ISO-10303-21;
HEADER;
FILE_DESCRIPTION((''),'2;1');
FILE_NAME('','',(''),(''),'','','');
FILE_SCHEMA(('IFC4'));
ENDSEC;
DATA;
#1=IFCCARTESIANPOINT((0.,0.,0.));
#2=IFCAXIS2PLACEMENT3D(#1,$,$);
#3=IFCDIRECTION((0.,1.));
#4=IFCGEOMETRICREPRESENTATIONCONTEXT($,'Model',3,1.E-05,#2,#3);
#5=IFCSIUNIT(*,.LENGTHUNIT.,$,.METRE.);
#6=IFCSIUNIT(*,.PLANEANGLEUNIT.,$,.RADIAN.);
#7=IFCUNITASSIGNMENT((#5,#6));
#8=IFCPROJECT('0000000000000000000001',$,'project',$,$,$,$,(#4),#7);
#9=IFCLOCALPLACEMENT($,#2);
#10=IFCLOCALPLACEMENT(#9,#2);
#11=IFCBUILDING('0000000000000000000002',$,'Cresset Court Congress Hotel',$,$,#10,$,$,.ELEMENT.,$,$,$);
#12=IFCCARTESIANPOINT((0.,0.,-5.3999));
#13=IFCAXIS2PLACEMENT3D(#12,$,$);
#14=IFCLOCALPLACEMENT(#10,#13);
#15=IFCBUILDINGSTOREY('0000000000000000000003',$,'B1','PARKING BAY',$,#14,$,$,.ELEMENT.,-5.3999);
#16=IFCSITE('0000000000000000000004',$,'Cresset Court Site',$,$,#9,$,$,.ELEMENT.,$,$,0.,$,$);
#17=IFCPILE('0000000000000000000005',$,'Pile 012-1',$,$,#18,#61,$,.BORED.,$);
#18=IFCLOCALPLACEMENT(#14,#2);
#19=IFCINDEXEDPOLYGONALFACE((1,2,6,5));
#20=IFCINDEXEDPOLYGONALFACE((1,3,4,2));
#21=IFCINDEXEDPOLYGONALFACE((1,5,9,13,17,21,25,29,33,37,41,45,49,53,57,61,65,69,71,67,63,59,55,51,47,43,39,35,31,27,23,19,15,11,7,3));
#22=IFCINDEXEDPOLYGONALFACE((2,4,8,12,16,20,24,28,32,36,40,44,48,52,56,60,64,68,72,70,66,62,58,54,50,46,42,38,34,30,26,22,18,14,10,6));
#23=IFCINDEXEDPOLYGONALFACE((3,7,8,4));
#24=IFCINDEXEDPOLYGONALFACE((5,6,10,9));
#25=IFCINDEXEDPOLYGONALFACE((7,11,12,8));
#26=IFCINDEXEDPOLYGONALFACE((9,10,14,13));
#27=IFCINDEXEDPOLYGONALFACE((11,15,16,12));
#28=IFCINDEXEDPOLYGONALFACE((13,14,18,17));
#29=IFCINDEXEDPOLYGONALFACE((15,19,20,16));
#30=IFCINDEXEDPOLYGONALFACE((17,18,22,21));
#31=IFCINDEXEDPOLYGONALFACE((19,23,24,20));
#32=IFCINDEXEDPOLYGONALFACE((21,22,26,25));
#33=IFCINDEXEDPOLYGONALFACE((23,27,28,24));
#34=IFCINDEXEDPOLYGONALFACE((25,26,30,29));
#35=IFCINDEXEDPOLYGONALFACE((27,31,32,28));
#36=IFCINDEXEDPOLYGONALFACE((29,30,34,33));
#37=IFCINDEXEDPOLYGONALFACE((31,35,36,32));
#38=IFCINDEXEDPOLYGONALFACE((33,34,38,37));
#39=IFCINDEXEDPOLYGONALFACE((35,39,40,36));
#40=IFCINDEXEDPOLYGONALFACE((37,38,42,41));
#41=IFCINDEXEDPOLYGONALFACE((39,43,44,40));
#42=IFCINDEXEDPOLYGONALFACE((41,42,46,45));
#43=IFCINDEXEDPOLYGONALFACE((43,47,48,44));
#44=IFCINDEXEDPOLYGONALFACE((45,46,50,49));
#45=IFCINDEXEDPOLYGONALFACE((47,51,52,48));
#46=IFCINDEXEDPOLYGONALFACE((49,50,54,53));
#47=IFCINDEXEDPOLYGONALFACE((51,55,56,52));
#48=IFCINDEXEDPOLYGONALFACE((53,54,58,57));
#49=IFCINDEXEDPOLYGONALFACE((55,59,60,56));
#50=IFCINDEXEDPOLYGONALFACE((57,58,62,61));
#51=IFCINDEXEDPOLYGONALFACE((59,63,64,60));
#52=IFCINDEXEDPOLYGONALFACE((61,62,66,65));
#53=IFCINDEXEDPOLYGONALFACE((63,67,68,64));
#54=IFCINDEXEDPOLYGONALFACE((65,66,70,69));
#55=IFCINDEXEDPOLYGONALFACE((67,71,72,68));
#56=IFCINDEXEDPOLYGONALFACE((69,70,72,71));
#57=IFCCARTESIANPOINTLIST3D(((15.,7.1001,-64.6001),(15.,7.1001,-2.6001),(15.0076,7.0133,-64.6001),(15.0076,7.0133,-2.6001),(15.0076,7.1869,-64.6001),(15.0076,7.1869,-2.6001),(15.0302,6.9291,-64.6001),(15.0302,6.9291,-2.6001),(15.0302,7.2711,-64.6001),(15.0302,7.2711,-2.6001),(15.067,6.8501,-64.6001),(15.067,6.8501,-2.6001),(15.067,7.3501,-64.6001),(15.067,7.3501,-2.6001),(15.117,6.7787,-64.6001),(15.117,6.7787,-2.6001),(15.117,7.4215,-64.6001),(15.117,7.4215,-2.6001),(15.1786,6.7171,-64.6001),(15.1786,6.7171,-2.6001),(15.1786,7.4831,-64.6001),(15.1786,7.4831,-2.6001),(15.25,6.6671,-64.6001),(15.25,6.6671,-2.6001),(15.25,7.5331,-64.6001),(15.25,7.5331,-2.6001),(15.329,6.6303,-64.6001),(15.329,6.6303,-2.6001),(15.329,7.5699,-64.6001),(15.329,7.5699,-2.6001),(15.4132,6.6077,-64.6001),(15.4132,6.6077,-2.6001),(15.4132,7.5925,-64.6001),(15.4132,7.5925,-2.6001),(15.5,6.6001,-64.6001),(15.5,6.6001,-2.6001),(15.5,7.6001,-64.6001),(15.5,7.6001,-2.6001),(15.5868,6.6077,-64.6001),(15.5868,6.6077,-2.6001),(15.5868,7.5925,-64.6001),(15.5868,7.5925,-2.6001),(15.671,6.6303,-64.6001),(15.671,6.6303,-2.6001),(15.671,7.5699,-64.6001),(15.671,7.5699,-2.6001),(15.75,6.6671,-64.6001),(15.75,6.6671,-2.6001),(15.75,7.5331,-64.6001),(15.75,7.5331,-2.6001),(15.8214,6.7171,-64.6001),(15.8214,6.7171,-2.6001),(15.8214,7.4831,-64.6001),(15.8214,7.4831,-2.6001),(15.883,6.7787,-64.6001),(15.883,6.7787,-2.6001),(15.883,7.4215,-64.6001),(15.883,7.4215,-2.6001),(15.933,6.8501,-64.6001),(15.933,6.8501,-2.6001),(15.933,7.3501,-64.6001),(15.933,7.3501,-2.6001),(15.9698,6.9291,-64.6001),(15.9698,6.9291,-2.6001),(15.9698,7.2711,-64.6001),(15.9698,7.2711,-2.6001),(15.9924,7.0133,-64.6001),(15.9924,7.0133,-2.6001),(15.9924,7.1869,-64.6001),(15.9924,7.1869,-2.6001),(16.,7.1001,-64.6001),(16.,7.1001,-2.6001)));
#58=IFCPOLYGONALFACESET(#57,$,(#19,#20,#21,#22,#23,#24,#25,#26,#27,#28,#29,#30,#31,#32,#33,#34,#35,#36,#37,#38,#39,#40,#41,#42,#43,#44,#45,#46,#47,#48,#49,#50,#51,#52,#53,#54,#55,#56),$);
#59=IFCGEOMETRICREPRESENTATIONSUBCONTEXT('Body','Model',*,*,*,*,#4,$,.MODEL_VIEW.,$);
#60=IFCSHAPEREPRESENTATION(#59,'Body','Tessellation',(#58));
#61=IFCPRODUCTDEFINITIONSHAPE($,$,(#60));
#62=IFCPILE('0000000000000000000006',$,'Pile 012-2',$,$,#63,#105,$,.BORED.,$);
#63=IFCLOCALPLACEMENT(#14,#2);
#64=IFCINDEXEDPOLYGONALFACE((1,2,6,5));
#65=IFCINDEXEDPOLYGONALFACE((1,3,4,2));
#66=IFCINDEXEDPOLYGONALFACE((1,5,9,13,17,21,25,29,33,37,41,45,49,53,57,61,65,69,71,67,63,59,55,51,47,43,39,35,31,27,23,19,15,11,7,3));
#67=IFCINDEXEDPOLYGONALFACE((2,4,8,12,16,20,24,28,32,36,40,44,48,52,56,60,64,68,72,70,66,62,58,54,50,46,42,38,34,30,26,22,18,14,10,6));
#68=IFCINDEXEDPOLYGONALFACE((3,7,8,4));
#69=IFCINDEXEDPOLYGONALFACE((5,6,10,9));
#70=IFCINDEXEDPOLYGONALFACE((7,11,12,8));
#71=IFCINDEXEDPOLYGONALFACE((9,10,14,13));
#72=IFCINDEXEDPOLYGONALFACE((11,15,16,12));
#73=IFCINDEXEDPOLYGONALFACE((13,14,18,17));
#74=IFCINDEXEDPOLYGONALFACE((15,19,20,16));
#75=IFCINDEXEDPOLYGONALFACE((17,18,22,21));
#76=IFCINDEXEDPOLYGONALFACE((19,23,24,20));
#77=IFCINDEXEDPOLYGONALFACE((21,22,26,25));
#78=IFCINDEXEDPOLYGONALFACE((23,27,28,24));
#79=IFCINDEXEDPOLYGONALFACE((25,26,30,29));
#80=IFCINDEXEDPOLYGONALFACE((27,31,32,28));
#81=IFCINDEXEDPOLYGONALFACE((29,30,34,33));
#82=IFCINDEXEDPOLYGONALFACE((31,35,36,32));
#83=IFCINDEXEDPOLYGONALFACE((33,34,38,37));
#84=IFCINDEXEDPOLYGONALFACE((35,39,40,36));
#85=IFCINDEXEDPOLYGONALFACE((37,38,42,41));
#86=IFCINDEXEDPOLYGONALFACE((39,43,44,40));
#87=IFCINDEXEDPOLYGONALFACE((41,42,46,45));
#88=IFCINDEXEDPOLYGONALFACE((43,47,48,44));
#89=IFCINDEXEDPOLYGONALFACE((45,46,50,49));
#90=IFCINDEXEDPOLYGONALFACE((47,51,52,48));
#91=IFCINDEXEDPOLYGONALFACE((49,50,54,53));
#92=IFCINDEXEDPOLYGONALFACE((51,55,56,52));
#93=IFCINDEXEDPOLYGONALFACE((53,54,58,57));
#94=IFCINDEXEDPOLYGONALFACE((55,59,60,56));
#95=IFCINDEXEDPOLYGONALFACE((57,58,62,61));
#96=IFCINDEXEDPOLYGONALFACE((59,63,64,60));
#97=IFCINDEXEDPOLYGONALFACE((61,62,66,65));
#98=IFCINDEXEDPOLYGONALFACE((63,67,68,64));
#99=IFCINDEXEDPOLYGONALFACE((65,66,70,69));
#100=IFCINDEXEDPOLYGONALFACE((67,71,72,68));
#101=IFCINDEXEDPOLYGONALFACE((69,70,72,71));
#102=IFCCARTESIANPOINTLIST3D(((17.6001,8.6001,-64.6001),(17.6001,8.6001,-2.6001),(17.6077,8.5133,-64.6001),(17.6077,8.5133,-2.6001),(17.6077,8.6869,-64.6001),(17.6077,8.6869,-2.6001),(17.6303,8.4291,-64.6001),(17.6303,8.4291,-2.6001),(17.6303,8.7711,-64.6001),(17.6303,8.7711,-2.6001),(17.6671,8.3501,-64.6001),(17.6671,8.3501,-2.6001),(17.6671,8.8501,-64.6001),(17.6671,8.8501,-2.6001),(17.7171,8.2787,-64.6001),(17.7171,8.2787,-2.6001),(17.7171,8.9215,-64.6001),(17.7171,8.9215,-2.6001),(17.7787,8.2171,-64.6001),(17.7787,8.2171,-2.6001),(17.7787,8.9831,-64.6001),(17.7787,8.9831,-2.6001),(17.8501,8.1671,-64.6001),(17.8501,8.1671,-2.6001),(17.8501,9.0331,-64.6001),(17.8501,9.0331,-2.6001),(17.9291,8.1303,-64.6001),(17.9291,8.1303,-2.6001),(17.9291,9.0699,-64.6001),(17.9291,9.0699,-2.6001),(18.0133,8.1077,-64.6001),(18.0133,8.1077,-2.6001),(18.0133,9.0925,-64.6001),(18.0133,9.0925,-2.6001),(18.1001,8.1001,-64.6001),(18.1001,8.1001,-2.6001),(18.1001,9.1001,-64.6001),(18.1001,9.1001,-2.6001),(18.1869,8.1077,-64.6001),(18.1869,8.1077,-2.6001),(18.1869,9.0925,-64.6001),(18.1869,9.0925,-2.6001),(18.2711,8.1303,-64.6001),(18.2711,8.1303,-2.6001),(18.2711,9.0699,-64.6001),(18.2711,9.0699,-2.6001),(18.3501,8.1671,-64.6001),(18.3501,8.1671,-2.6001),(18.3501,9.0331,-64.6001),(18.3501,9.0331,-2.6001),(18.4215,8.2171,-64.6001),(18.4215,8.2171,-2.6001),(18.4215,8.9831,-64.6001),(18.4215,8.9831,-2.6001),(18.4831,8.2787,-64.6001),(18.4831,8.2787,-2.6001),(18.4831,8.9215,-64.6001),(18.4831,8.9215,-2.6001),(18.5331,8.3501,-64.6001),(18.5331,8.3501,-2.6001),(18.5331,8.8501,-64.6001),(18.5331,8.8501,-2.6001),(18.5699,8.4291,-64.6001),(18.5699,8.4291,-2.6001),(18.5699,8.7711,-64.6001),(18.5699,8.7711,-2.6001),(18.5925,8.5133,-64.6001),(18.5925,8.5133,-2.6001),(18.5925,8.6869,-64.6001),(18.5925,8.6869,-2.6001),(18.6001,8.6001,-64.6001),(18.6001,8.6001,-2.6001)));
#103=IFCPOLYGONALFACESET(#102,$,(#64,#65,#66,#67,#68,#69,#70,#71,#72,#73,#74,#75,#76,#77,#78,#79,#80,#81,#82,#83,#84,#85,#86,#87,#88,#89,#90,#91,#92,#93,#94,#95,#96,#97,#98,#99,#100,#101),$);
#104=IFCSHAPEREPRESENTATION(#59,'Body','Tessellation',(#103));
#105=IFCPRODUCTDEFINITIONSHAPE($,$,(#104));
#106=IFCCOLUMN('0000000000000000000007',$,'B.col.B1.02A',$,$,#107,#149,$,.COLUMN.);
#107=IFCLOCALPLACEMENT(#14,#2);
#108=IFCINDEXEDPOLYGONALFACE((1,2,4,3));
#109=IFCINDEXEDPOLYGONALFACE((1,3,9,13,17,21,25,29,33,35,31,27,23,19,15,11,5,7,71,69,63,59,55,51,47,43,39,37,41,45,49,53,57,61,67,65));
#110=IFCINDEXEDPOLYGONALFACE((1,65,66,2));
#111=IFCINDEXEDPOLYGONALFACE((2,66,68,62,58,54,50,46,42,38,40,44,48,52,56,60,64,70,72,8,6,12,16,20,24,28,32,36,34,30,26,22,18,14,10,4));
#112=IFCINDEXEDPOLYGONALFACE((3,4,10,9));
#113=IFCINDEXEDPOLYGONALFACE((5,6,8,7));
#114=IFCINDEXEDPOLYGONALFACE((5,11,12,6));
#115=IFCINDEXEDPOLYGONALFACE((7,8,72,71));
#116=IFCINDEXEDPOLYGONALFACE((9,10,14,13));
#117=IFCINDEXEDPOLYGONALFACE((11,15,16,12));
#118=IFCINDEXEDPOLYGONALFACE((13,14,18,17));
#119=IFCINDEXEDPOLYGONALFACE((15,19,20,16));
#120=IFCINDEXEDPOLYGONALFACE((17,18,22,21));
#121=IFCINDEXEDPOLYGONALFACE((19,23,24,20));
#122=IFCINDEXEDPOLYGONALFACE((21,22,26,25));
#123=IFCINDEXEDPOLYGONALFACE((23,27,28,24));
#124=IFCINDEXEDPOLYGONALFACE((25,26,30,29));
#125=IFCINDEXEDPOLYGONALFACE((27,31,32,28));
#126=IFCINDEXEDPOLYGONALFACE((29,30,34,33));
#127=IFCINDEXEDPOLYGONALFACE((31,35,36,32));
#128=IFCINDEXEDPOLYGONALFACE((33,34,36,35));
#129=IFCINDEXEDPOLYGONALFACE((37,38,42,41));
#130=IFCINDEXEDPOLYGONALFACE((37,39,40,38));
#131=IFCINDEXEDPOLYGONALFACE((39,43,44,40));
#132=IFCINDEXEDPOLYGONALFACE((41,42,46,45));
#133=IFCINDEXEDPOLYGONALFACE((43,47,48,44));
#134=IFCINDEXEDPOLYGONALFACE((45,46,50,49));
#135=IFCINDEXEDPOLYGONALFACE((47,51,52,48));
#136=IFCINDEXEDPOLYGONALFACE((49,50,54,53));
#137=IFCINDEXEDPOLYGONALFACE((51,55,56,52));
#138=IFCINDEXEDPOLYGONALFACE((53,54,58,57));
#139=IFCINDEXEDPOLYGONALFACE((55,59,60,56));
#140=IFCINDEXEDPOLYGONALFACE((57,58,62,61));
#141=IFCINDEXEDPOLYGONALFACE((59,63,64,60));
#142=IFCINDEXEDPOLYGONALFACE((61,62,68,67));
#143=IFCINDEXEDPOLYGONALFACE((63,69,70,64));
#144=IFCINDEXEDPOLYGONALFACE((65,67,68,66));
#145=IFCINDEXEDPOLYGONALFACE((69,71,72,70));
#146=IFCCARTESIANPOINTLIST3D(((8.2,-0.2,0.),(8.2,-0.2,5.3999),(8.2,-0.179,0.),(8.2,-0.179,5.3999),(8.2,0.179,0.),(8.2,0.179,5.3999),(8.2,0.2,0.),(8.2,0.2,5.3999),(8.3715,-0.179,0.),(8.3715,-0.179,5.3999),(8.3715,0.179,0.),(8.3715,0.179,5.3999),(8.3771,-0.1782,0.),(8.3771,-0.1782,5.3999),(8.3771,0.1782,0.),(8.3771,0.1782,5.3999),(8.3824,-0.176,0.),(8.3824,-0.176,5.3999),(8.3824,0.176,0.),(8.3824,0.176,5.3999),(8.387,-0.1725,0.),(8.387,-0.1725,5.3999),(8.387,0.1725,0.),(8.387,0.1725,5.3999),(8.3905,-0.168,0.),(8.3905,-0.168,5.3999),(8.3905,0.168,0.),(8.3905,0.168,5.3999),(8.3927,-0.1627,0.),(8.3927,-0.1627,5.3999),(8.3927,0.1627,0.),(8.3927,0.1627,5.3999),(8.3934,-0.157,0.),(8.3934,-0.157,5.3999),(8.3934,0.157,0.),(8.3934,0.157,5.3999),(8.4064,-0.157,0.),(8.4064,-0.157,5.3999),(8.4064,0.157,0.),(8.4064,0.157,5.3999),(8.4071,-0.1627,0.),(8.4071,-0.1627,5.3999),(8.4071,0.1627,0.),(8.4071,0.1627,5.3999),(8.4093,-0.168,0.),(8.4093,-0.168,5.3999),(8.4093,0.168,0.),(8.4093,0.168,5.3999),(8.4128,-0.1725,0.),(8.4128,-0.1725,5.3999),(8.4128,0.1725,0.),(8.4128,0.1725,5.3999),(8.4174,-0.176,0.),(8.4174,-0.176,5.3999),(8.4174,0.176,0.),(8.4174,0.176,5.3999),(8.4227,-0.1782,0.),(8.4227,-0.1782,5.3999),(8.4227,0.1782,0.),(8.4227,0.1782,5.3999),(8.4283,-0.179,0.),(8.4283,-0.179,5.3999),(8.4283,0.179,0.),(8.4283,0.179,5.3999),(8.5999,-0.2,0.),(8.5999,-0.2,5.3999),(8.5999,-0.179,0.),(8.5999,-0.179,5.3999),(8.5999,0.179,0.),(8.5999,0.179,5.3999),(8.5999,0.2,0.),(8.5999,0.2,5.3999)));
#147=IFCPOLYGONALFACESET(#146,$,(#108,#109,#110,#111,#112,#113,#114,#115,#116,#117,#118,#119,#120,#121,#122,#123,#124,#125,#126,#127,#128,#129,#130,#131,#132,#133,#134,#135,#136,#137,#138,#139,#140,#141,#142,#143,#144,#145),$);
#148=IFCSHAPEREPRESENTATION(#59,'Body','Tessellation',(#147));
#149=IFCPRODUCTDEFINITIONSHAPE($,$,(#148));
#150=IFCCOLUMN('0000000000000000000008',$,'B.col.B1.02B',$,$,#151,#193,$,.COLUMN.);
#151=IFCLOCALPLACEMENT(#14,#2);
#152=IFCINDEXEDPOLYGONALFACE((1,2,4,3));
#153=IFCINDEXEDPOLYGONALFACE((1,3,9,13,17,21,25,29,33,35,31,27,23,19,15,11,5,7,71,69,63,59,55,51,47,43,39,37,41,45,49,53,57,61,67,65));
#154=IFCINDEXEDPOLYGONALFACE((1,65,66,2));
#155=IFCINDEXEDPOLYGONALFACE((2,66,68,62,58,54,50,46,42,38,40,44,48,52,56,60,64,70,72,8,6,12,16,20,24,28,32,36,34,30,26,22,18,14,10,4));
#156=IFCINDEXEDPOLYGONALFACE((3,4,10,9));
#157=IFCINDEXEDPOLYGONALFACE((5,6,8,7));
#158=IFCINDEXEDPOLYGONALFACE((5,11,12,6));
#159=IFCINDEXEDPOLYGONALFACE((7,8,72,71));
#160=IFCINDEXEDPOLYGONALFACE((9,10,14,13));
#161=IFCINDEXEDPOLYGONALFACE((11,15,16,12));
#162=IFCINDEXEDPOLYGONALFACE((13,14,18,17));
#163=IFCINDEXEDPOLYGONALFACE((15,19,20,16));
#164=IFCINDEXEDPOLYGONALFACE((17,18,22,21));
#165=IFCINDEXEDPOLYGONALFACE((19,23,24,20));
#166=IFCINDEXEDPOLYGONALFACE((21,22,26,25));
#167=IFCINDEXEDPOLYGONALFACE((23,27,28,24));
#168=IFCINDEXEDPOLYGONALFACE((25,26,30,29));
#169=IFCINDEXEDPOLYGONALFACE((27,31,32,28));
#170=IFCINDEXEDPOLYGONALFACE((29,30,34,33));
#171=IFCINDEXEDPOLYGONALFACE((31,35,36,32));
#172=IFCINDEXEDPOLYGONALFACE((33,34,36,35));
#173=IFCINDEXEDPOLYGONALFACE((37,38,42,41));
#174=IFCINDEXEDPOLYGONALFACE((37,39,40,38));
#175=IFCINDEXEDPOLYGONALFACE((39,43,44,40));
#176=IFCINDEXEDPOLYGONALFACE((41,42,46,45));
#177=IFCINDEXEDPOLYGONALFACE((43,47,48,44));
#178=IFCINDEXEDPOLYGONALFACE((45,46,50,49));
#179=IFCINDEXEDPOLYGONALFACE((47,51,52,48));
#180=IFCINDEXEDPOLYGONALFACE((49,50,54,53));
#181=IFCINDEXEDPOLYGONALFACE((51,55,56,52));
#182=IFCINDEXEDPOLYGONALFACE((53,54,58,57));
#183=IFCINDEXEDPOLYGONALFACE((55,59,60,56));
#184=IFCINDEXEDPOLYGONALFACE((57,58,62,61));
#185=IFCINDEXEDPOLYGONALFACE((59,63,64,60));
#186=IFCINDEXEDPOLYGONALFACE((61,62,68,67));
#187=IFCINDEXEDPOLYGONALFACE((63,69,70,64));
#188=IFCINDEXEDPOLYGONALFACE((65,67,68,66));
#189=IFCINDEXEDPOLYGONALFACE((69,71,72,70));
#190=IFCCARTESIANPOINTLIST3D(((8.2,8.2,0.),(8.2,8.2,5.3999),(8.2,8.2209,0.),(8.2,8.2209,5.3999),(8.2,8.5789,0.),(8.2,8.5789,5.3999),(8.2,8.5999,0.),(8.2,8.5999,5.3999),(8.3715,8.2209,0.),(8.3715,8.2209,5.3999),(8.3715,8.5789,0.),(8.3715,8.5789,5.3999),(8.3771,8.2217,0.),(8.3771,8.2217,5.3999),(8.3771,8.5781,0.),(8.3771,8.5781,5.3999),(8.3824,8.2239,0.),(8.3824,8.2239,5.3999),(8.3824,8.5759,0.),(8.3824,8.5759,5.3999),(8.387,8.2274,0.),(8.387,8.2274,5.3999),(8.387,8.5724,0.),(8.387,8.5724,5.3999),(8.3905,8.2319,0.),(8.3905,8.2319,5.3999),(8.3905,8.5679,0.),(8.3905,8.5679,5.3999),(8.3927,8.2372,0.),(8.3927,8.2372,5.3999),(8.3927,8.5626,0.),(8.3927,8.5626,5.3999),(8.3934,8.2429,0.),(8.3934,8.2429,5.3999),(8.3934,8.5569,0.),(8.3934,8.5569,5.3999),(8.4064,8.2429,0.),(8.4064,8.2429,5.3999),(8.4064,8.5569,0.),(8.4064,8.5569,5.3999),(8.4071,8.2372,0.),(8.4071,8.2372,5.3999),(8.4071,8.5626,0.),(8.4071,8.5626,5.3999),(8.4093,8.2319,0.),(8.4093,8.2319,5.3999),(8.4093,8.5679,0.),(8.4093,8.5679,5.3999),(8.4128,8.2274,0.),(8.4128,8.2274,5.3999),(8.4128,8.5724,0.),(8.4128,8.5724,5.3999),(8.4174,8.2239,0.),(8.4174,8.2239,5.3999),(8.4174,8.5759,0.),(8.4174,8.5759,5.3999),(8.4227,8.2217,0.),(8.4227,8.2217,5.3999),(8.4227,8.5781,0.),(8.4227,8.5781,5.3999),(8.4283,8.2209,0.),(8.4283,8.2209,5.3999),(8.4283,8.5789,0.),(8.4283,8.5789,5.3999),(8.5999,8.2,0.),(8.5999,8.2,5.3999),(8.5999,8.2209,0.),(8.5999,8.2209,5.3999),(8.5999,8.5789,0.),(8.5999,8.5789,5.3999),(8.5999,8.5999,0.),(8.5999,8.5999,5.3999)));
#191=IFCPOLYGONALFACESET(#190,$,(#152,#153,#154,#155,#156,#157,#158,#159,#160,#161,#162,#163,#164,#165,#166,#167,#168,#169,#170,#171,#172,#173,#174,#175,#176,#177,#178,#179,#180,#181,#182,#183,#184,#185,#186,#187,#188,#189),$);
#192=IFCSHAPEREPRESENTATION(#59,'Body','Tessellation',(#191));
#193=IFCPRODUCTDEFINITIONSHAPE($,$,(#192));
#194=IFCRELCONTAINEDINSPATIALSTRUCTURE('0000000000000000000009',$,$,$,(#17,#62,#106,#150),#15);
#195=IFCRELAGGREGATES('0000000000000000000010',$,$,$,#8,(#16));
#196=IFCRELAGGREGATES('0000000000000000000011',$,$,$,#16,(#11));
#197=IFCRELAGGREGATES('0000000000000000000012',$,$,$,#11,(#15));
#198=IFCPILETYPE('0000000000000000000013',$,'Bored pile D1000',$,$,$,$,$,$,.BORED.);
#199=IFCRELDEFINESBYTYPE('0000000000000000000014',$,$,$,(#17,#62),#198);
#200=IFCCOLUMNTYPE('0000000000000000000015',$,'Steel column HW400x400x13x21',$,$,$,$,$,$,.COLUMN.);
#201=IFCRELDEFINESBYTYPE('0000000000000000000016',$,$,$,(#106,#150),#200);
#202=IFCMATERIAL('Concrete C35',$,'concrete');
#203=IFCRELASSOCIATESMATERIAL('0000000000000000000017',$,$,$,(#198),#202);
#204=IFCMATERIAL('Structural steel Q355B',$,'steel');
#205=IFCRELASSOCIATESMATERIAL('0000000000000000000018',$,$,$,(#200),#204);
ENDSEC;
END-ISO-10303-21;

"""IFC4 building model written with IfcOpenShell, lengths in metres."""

from ifc_helpers import new_model, si_unit, direction, frame, origin, origin_2d, place, context, subcontext, project, spatial, circle, i_section, extrude, material, material_profile, profile_set, type_object, element, save


model = new_model("IFC4")

# Units and contexts
model_context = context("Model", 3, precision=1e-05, world=origin(), true_north=direction((0.0, 1.0)))
body_context = subcontext(model_context, "Body", "Model", "MODEL_VIEW")
ifc_project = project(units=[si_unit("LENGTHUNIT", "METRE"), si_unit("PLANEANGLEUNIT", "RADIAN")], contexts=[model_context])

# Site, building, storey
site_placement = place(None, origin())
site = spatial("IfcSite", under=ifc_project, at=site_placement, Name="Cresset Court Site", CompositionType="ELEMENT", RefElevation=0.0)
building_placement = place(site_placement, origin())
building = spatial("IfcBuilding", under=site, at=building_placement, Name="Cresset Court Congress Hotel", CompositionType="ELEMENT")
storey_placement = place(building_placement, frame((0.0, 0.0, -5.3999)))
storey = spatial("IfcBuildingStorey", under=building, at=storey_placement, Name="B1", Description="PARKING BAY", CompositionType="ELEMENT", Elevation=-5.3999)

# Piles
ifc_material_1 = material(Name="Concrete C35", Category="concrete")
pile_type = type_object("IfcPileType", Name="Bored pile D1000", PredefinedType="BORED", material=ifc_material_1)
for number, where, z_axis, x_axis, name in (
    (1, (15.5, 7.1001, -2.6001), (0.0, 0.0, -1.0), (1.0, 0.0, 0.0), "Pile 012-1"),
    (2, (18.1001, 8.6001, -2.6001), (0.0, 0.0, -1.0), (1.0, 0.0, 0.0), "Pile 012-2"),
):
    element("IfcPile", number, at=place(storey_placement, frame(where, z_axis=z_axis, x_axis=x_axis)), inside=storey, type_object=pile_type, Name=name, PredefinedType="BORED", context=body_context, shape_type="SweptSolid", body=[
        extrude(circle(Radius=0.5, at=origin_2d()), origin(), (0.0, 0.0, 1.0), 62.0),
    ])

# Columns
ifc_material_2 = material(Name="Structural steel Q355B", Category="steel")
ifc_material_profile = material_profile(ifc_material_2, i_section(OverallWidth=0.3999, OverallDepth=0.3999, WebThickness=0.0129, FlangeThickness=0.021, FilletRadius=0.022, at=origin_2d()), Name="HW400x400x13x21")
ifc_profile_set = profile_set([ifc_material_profile], Name="Structural steel Q355B")
column_type = type_object("IfcColumnType", Name="Steel column HW400x400x13x21", PredefinedType="COLUMN", material=ifc_profile_set)
for number, where, z_axis, x_axis, name in (
    (3, (8.3999, 0.0, 0.0), (0.0, 0.0, 1.0), (1.0, 0.0, 0.0), "B.col.B1.02A"),
    (4, (8.3999, 8.3999, 0.0), (0.0, 0.0, 1.0), (1.0, 0.0, 0.0), "B.col.B1.02B"),
):
    element("IfcColumn", number, at=place(storey_placement, frame(where, z_axis=z_axis, x_axis=x_axis)), inside=storey, type_object=column_type, Name=name, PredefinedType="COLUMN", context=body_context, shape_type="SweptSolid", body=[
        extrude(i_section(OverallWidth=0.3999, OverallDepth=0.3999, WebThickness=0.0129, FlangeThickness=0.021, FilletRadius=0.022, at=origin_2d()), origin(), (0.0, 0.0, 1.0), 5.3999),
    ])

save(model, "model.ifc")
